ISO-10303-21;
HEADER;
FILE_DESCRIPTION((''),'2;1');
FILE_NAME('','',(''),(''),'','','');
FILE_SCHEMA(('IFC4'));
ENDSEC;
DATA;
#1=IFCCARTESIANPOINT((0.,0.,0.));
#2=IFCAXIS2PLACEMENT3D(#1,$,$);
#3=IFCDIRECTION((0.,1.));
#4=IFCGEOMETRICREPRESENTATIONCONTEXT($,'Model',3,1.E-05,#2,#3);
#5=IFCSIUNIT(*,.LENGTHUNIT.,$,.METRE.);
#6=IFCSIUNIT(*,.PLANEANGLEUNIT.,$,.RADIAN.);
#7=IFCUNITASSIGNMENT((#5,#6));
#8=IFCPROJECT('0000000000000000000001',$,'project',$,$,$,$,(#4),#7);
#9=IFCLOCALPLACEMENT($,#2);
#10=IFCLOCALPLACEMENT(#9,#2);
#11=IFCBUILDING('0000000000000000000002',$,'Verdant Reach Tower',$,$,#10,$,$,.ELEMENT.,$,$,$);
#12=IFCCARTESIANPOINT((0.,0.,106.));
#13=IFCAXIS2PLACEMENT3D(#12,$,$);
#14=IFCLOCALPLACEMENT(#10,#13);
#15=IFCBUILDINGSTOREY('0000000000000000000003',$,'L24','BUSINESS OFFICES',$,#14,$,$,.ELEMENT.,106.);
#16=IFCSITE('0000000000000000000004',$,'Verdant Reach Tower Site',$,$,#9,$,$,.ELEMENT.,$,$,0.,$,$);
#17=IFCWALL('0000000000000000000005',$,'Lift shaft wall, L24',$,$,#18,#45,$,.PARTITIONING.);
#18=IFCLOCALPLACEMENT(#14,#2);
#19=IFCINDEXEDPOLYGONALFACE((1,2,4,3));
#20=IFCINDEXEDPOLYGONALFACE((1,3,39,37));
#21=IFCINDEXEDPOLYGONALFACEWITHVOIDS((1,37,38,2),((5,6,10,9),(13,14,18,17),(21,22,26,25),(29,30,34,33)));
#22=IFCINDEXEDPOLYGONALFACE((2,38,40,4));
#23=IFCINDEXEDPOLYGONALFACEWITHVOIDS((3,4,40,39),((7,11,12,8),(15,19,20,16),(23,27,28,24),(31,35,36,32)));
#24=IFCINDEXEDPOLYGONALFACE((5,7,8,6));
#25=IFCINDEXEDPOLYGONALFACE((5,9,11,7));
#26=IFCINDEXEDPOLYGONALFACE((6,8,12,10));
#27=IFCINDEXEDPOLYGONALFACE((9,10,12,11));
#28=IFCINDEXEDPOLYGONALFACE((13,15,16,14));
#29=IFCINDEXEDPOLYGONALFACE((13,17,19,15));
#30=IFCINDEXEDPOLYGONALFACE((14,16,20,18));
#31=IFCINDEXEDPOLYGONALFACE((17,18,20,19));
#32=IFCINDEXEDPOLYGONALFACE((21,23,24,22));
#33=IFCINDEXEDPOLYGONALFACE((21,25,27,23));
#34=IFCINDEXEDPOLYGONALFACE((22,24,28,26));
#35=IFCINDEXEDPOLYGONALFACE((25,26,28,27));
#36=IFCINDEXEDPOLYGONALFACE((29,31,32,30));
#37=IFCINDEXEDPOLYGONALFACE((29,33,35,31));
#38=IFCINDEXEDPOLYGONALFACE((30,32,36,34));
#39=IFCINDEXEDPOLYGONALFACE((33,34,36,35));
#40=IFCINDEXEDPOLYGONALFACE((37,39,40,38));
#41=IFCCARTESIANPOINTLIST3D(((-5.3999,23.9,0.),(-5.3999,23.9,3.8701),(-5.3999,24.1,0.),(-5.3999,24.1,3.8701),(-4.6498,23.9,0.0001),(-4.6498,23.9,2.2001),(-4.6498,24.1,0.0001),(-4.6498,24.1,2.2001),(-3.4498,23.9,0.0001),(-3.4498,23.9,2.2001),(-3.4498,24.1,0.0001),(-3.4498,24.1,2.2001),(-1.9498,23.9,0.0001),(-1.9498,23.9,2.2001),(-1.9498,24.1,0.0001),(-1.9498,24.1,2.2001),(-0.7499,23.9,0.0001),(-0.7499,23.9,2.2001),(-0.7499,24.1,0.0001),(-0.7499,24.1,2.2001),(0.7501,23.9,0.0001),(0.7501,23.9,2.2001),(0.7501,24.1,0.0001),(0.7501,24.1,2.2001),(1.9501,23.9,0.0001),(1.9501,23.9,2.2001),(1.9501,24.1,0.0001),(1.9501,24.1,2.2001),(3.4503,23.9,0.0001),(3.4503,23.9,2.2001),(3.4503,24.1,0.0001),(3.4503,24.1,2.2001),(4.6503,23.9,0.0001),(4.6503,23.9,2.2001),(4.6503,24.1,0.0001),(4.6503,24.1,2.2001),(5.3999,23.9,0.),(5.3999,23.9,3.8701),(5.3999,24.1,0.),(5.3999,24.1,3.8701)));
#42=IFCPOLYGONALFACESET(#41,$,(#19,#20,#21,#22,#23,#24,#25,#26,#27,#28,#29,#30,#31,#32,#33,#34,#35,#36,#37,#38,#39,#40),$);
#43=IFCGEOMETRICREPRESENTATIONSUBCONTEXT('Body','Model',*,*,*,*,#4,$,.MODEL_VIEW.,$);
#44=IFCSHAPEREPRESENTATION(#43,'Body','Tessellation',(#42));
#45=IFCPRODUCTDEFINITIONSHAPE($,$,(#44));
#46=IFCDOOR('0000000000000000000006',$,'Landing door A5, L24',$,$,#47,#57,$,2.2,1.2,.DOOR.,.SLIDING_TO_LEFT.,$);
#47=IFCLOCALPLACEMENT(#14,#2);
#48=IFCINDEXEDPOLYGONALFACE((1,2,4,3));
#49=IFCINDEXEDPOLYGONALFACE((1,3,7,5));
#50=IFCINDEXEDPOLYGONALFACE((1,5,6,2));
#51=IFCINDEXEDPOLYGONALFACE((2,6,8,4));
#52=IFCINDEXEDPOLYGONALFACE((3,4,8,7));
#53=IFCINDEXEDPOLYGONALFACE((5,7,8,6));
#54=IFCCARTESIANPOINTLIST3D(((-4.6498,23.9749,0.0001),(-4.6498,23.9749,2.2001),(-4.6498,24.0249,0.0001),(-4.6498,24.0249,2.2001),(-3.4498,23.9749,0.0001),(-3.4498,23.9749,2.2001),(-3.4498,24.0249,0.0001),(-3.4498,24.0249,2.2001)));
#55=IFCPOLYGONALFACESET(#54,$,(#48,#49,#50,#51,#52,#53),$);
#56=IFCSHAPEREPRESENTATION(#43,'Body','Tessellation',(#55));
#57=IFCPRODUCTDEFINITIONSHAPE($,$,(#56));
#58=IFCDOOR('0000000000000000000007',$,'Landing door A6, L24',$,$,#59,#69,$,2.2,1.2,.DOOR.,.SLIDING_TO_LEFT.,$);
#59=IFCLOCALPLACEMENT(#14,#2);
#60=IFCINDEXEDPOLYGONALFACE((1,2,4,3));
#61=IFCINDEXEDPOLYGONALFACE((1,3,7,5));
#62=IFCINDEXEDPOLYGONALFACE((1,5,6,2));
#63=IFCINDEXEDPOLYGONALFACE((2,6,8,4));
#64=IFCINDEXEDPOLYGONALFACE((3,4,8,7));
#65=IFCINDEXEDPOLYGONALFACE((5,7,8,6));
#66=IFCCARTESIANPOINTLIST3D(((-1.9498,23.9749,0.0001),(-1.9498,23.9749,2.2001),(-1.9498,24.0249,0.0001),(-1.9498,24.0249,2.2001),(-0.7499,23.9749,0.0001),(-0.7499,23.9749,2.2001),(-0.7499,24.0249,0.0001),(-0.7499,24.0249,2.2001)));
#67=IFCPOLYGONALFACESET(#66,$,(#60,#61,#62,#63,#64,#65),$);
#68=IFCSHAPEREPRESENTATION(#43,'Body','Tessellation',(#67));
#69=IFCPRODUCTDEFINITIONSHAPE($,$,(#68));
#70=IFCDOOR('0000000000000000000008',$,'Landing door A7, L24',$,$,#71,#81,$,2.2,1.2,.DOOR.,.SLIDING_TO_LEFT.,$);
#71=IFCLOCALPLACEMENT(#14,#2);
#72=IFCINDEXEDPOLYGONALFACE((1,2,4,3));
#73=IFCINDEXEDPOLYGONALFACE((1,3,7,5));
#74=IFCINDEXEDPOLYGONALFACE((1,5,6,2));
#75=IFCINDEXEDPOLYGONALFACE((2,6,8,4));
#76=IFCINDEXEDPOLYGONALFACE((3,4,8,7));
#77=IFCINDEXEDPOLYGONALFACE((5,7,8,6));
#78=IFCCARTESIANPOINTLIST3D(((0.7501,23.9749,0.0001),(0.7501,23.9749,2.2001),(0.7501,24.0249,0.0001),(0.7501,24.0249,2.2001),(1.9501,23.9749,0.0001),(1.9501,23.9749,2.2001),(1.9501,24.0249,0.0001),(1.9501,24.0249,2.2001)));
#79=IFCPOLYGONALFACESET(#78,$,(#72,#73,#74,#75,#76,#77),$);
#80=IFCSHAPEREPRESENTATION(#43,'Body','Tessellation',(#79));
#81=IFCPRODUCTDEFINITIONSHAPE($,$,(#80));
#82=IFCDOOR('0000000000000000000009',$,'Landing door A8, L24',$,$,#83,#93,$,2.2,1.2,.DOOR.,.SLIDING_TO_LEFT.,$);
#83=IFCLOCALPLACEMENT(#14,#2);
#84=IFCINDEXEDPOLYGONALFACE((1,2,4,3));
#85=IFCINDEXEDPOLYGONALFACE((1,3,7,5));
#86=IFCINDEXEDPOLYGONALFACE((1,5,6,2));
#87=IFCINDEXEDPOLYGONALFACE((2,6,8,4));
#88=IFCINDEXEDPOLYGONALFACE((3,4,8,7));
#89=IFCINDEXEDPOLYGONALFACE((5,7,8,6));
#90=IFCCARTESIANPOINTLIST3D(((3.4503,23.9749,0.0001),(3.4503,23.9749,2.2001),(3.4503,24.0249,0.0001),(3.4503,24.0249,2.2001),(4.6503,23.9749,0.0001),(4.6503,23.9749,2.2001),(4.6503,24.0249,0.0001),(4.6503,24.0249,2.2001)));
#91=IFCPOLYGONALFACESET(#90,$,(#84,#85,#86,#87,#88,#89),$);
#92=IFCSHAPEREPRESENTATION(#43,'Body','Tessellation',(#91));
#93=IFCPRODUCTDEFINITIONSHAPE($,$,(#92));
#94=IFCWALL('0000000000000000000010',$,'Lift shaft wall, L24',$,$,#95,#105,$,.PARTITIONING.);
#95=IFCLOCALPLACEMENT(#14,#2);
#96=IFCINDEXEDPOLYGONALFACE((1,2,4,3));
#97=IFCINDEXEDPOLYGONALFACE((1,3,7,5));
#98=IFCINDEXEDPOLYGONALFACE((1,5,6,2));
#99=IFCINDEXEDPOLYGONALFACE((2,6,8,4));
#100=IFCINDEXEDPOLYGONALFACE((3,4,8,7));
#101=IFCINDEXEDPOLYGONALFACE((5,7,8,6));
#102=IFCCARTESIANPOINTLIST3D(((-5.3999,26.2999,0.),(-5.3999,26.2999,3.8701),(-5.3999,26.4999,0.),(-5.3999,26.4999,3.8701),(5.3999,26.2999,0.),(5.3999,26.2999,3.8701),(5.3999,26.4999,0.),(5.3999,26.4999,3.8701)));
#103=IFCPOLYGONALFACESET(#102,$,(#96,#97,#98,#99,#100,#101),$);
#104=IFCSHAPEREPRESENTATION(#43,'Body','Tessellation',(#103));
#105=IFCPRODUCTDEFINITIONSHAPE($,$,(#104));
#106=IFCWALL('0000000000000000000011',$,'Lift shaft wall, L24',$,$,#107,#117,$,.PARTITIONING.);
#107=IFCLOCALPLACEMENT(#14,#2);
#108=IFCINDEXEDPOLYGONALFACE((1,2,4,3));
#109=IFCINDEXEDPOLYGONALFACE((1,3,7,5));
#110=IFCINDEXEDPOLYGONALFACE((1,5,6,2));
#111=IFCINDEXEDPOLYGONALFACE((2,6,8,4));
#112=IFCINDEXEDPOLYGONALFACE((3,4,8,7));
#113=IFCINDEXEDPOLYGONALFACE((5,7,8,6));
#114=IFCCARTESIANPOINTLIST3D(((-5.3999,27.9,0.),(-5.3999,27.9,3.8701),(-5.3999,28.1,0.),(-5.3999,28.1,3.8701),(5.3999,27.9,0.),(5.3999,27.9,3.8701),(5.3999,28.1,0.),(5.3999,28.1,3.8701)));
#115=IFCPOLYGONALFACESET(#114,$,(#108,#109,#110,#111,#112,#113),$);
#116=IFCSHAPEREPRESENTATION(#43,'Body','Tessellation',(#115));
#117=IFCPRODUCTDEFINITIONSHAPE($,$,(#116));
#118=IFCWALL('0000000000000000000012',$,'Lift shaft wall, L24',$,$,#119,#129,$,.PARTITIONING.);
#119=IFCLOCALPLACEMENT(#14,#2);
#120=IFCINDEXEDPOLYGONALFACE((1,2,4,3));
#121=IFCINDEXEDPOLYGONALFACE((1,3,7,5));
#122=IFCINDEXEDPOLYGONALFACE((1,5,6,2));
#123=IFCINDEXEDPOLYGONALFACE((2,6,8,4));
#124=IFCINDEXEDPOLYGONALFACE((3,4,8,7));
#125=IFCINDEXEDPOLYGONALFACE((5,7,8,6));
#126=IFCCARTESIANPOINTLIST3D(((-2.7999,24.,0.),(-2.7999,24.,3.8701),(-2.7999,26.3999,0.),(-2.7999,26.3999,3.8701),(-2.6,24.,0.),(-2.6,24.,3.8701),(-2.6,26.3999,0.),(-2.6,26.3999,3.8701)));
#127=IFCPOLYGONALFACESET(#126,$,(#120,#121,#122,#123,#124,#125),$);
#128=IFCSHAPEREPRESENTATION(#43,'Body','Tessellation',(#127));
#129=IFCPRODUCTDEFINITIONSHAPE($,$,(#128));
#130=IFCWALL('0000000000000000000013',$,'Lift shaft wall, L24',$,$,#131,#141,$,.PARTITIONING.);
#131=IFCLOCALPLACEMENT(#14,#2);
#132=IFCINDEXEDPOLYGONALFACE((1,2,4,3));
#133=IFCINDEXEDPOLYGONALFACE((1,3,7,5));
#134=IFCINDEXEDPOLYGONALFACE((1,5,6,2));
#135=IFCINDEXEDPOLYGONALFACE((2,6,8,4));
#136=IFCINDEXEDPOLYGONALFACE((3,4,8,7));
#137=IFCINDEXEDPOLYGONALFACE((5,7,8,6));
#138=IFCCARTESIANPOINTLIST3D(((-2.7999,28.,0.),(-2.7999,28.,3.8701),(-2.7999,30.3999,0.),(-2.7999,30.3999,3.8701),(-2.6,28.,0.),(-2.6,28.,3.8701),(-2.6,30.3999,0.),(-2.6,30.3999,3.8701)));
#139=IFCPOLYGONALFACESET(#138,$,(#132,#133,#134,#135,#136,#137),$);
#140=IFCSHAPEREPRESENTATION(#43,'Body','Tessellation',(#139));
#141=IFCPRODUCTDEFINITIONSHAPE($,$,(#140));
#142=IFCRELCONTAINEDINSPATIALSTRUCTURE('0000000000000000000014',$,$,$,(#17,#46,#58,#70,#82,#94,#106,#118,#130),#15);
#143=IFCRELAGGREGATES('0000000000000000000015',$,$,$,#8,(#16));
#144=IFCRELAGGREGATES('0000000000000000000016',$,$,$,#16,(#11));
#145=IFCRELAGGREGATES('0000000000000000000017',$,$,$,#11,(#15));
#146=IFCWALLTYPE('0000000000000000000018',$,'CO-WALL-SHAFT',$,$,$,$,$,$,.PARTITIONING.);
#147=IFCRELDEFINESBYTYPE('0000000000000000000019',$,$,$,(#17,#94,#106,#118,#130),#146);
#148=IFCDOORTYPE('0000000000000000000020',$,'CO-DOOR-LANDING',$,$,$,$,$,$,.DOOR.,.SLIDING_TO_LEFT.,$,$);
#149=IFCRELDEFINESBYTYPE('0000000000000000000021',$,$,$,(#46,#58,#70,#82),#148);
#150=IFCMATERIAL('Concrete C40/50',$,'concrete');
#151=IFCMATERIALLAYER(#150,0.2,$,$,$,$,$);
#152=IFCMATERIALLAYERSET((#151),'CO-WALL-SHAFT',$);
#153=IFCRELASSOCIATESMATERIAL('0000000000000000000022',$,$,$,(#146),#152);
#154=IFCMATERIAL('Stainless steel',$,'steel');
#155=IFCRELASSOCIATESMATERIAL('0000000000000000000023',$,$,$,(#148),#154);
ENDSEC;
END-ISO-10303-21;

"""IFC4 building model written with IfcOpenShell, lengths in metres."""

from ifc_helpers import new_model, si_unit, direction, frame, frame_2d, origin, place, context, subcontext, project, spatial, rectangle, extrude, material, layer, layer_set, type_object, element, fill, save


model = new_model("IFC4")

# Units and contexts
model_context = context("Model", 3, precision=1e-05, world=origin(), true_north=direction((0.0, 1.0)))
body_context = subcontext(model_context, "Body", "Model", "MODEL_VIEW")
ifc_project = project(units=[si_unit("LENGTHUNIT", "METRE"), si_unit("PLANEANGLEUNIT", "RADIAN")], contexts=[model_context])

# Site, building, storey
site_placement = place(None, origin())
site = spatial("IfcSite", under=ifc_project, at=site_placement, Name="Verdant Reach Tower Site", CompositionType="ELEMENT", RefElevation=0.0)
building_placement = place(site_placement, origin())
building = spatial("IfcBuilding", under=site, at=building_placement, Name="Verdant Reach Tower", CompositionType="ELEMENT")
storey_placement = place(building_placement, frame((0.0, 0.0, 106.0)))
storey = spatial("IfcBuildingStorey", under=building, at=storey_placement, Name="L24", Description="BUSINESS OFFICES", CompositionType="ELEMENT", Elevation=106.0)

# Wall, openings, doors
ifc_material_1 = material(Name="Concrete C40/50", Category="concrete")
ifc_layer_1 = layer(ifc_material_1, 0.2)
ifc_layer_set_1 = layer_set([ifc_layer_1], Name="CO-WALL-SHAFT")
wall_type_1 = type_object("IfcWallType", Name="CO-WALL-SHAFT", PredefinedType="PARTITIONING", material=ifc_layer_set_1)
ifc_material_2 = material(Name="Stainless steel", Category="steel")
door_type_1 = type_object("IfcDoorType", Name="CO-DOOR-LANDING", OperationType="SLIDING_TO_LEFT", PredefinedType="DOOR", material=ifc_material_2)
wall_1_placement = place(storey_placement, frame((-5.3999, 24.0, 0.0), z_axis=(0.0, 0.0, 1.0), x_axis=(1.0, 0.0, 0.0)))
wall_1 = element("IfcWall", 1, at=wall_1_placement, inside=storey, type_object=wall_type_1, Name="Lift shaft wall, L24", PredefinedType="PARTITIONING", context=body_context, shape_type="SweptSolid", body=[
    extrude(rectangle(XDim=10.7998, YDim=0.2, at=frame_2d((5.3999, 0.0))), origin(), (0.0, 0.0, 1.0), 3.8701),
])
opening_1_placement = place(wall_1_placement, frame((0.75, 0.0, 0.0)))
opening_1 = element("IfcOpeningElement", 2, at=opening_1_placement, cuts=wall_1, PredefinedType="OPENING", context=body_context, shape_type="SweptSolid", body=[
    extrude(rectangle(XDim=1.2, YDim=2.2, at=frame_2d((0.6001, 1.1001))), frame((0.0, 0.1099, 0.0), z_axis=(0.0, -1.0, 0.0), x_axis=(1.0, 0.0, 0.0)), (0.0, 0.0, 1.0), 0.22),
])
opening_2_placement = place(wall_1_placement, frame((3.45, 0.0, 0.0)))
opening_2 = element("IfcOpeningElement", 3, at=opening_2_placement, cuts=wall_1, PredefinedType="OPENING", context=body_context, shape_type="SweptSolid", body=[
    extrude(rectangle(XDim=1.2, YDim=2.2, at=frame_2d((0.6001, 1.1001))), frame((0.0, 0.1099, 0.0), z_axis=(0.0, -1.0, 0.0), x_axis=(1.0, 0.0, 0.0)), (0.0, 0.0, 1.0), 0.22),
])
opening_3_placement = place(wall_1_placement, frame((6.1499, 0.0, 0.0)))
opening_3 = element("IfcOpeningElement", 4, at=opening_3_placement, cuts=wall_1, PredefinedType="OPENING", context=body_context, shape_type="SweptSolid", body=[
    extrude(rectangle(XDim=1.2, YDim=2.2, at=frame_2d((0.6001, 1.1001))), frame((0.0, 0.1099, 0.0), z_axis=(0.0, -1.0, 0.0), x_axis=(1.0, 0.0, 0.0)), (0.0, 0.0, 1.0), 0.22),
])
opening_4_placement = place(wall_1_placement, frame((8.8501, 0.0, 0.0)))
opening_4 = element("IfcOpeningElement", 5, at=opening_4_placement, cuts=wall_1, PredefinedType="OPENING", context=body_context, shape_type="SweptSolid", body=[
    extrude(rectangle(XDim=1.2, YDim=2.2, at=frame_2d((0.6001, 1.1001))), frame((0.0, 0.1099, 0.0), z_axis=(0.0, -1.0, 0.0), x_axis=(1.0, 0.0, 0.0)), (0.0, 0.0, 1.0), 0.22),
])
door_1_placement = place(opening_1_placement, origin())
door_1 = element("IfcDoor", 6, at=door_1_placement, inside=storey, type_object=door_type_1, Name="Landing door A5, L24", OperationType="SLIDING_TO_LEFT", OverallHeight=2.2, OverallWidth=1.2, PredefinedType="DOOR", context=body_context, shape_type="SweptSolid", body=[
    extrude(rectangle(XDim=1.2, YDim=2.2, at=frame_2d((0.6001, 1.1001))), frame((0.0, 0.0249, 0.0), z_axis=(0.0, -1.0, 0.0), x_axis=(1.0, 0.0, 0.0)), (0.0, 0.0, 1.0), 0.05),
])
fill(opening_1, door_1)
door_2_placement = place(opening_2_placement, origin())
door_2 = element("IfcDoor", 7, at=door_2_placement, inside=storey, type_object=door_type_1, Name="Landing door A6, L24", OperationType="SLIDING_TO_LEFT", OverallHeight=2.2, OverallWidth=1.2, PredefinedType="DOOR", context=body_context, shape_type="SweptSolid", body=[
    extrude(rectangle(XDim=1.2, YDim=2.2, at=frame_2d((0.6001, 1.1001))), frame((0.0, 0.0249, 0.0), z_axis=(0.0, -1.0, 0.0), x_axis=(1.0, 0.0, 0.0)), (0.0, 0.0, 1.0), 0.05),
])
fill(opening_2, door_2)
door_3_placement = place(opening_3_placement, origin())
door_3 = element("IfcDoor", 8, at=door_3_placement, inside=storey, type_object=door_type_1, Name="Landing door A7, L24", OperationType="SLIDING_TO_LEFT", OverallHeight=2.2, OverallWidth=1.2, PredefinedType="DOOR", context=body_context, shape_type="SweptSolid", body=[
    extrude(rectangle(XDim=1.2, YDim=2.2, at=frame_2d((0.6001, 1.1001))), frame((0.0, 0.0249, 0.0), z_axis=(0.0, -1.0, 0.0), x_axis=(1.0, 0.0, 0.0)), (0.0, 0.0, 1.0), 0.05),
])
fill(opening_3, door_3)
door_4_placement = place(opening_4_placement, origin())
door_4 = element("IfcDoor", 9, at=door_4_placement, inside=storey, type_object=door_type_1, Name="Landing door A8, L24", OperationType="SLIDING_TO_LEFT", OverallHeight=2.2, OverallWidth=1.2, PredefinedType="DOOR", context=body_context, shape_type="SweptSolid", body=[
    extrude(rectangle(XDim=1.2, YDim=2.2, at=frame_2d((0.6001, 1.1001))), frame((0.0, 0.0249, 0.0), z_axis=(0.0, -1.0, 0.0), x_axis=(1.0, 0.0, 0.0)), (0.0, 0.0, 1.0), 0.05),
])
fill(opening_4, door_4)

# Walls
for number, where, z_axis, x_axis, name in (
    (10, (-5.3999, 26.3999, 0.0), (0.0, 0.0, 1.0), (1.0, 0.0, 0.0), "Lift shaft wall, L24"),
    (11, (-5.3999, 28.0, 0.0), (0.0, 0.0, 1.0), (1.0, 0.0, 0.0), "Lift shaft wall, L24"),
):
    element("IfcWall", number, at=place(storey_placement, frame(where, z_axis=z_axis, x_axis=x_axis)), inside=storey, type_object=wall_type_1, Name=name, PredefinedType="PARTITIONING", context=body_context, shape_type="SweptSolid", body=[
        extrude(rectangle(XDim=10.7998, YDim=0.2, at=frame_2d((5.3999, 0.0))), origin(), (0.0, 0.0, 1.0), 3.8701),
    ])
for number, where, z_axis, x_axis, name in (
    (12, (-2.7, 24.0, 0.0), (0.0, 0.0, 1.0), (0.0, 1.0, 0.0), "Lift shaft wall, L24"),
    (13, (-2.7, 28.0, 0.0), (0.0, 0.0, 1.0), (0.0, 1.0, 0.0), "Lift shaft wall, L24"),
):
    element("IfcWall", number, at=place(storey_placement, frame(where, z_axis=z_axis, x_axis=x_axis)), inside=storey, type_object=wall_type_1, Name=name, PredefinedType="PARTITIONING", context=body_context, shape_type="SweptSolid", body=[
        extrude(rectangle(XDim=2.3999, YDim=0.2, at=frame_2d((1.2, 0.0))), origin(), (0.0, 0.0, 1.0), 3.8701),
    ])

save(model, "model.ifc")
